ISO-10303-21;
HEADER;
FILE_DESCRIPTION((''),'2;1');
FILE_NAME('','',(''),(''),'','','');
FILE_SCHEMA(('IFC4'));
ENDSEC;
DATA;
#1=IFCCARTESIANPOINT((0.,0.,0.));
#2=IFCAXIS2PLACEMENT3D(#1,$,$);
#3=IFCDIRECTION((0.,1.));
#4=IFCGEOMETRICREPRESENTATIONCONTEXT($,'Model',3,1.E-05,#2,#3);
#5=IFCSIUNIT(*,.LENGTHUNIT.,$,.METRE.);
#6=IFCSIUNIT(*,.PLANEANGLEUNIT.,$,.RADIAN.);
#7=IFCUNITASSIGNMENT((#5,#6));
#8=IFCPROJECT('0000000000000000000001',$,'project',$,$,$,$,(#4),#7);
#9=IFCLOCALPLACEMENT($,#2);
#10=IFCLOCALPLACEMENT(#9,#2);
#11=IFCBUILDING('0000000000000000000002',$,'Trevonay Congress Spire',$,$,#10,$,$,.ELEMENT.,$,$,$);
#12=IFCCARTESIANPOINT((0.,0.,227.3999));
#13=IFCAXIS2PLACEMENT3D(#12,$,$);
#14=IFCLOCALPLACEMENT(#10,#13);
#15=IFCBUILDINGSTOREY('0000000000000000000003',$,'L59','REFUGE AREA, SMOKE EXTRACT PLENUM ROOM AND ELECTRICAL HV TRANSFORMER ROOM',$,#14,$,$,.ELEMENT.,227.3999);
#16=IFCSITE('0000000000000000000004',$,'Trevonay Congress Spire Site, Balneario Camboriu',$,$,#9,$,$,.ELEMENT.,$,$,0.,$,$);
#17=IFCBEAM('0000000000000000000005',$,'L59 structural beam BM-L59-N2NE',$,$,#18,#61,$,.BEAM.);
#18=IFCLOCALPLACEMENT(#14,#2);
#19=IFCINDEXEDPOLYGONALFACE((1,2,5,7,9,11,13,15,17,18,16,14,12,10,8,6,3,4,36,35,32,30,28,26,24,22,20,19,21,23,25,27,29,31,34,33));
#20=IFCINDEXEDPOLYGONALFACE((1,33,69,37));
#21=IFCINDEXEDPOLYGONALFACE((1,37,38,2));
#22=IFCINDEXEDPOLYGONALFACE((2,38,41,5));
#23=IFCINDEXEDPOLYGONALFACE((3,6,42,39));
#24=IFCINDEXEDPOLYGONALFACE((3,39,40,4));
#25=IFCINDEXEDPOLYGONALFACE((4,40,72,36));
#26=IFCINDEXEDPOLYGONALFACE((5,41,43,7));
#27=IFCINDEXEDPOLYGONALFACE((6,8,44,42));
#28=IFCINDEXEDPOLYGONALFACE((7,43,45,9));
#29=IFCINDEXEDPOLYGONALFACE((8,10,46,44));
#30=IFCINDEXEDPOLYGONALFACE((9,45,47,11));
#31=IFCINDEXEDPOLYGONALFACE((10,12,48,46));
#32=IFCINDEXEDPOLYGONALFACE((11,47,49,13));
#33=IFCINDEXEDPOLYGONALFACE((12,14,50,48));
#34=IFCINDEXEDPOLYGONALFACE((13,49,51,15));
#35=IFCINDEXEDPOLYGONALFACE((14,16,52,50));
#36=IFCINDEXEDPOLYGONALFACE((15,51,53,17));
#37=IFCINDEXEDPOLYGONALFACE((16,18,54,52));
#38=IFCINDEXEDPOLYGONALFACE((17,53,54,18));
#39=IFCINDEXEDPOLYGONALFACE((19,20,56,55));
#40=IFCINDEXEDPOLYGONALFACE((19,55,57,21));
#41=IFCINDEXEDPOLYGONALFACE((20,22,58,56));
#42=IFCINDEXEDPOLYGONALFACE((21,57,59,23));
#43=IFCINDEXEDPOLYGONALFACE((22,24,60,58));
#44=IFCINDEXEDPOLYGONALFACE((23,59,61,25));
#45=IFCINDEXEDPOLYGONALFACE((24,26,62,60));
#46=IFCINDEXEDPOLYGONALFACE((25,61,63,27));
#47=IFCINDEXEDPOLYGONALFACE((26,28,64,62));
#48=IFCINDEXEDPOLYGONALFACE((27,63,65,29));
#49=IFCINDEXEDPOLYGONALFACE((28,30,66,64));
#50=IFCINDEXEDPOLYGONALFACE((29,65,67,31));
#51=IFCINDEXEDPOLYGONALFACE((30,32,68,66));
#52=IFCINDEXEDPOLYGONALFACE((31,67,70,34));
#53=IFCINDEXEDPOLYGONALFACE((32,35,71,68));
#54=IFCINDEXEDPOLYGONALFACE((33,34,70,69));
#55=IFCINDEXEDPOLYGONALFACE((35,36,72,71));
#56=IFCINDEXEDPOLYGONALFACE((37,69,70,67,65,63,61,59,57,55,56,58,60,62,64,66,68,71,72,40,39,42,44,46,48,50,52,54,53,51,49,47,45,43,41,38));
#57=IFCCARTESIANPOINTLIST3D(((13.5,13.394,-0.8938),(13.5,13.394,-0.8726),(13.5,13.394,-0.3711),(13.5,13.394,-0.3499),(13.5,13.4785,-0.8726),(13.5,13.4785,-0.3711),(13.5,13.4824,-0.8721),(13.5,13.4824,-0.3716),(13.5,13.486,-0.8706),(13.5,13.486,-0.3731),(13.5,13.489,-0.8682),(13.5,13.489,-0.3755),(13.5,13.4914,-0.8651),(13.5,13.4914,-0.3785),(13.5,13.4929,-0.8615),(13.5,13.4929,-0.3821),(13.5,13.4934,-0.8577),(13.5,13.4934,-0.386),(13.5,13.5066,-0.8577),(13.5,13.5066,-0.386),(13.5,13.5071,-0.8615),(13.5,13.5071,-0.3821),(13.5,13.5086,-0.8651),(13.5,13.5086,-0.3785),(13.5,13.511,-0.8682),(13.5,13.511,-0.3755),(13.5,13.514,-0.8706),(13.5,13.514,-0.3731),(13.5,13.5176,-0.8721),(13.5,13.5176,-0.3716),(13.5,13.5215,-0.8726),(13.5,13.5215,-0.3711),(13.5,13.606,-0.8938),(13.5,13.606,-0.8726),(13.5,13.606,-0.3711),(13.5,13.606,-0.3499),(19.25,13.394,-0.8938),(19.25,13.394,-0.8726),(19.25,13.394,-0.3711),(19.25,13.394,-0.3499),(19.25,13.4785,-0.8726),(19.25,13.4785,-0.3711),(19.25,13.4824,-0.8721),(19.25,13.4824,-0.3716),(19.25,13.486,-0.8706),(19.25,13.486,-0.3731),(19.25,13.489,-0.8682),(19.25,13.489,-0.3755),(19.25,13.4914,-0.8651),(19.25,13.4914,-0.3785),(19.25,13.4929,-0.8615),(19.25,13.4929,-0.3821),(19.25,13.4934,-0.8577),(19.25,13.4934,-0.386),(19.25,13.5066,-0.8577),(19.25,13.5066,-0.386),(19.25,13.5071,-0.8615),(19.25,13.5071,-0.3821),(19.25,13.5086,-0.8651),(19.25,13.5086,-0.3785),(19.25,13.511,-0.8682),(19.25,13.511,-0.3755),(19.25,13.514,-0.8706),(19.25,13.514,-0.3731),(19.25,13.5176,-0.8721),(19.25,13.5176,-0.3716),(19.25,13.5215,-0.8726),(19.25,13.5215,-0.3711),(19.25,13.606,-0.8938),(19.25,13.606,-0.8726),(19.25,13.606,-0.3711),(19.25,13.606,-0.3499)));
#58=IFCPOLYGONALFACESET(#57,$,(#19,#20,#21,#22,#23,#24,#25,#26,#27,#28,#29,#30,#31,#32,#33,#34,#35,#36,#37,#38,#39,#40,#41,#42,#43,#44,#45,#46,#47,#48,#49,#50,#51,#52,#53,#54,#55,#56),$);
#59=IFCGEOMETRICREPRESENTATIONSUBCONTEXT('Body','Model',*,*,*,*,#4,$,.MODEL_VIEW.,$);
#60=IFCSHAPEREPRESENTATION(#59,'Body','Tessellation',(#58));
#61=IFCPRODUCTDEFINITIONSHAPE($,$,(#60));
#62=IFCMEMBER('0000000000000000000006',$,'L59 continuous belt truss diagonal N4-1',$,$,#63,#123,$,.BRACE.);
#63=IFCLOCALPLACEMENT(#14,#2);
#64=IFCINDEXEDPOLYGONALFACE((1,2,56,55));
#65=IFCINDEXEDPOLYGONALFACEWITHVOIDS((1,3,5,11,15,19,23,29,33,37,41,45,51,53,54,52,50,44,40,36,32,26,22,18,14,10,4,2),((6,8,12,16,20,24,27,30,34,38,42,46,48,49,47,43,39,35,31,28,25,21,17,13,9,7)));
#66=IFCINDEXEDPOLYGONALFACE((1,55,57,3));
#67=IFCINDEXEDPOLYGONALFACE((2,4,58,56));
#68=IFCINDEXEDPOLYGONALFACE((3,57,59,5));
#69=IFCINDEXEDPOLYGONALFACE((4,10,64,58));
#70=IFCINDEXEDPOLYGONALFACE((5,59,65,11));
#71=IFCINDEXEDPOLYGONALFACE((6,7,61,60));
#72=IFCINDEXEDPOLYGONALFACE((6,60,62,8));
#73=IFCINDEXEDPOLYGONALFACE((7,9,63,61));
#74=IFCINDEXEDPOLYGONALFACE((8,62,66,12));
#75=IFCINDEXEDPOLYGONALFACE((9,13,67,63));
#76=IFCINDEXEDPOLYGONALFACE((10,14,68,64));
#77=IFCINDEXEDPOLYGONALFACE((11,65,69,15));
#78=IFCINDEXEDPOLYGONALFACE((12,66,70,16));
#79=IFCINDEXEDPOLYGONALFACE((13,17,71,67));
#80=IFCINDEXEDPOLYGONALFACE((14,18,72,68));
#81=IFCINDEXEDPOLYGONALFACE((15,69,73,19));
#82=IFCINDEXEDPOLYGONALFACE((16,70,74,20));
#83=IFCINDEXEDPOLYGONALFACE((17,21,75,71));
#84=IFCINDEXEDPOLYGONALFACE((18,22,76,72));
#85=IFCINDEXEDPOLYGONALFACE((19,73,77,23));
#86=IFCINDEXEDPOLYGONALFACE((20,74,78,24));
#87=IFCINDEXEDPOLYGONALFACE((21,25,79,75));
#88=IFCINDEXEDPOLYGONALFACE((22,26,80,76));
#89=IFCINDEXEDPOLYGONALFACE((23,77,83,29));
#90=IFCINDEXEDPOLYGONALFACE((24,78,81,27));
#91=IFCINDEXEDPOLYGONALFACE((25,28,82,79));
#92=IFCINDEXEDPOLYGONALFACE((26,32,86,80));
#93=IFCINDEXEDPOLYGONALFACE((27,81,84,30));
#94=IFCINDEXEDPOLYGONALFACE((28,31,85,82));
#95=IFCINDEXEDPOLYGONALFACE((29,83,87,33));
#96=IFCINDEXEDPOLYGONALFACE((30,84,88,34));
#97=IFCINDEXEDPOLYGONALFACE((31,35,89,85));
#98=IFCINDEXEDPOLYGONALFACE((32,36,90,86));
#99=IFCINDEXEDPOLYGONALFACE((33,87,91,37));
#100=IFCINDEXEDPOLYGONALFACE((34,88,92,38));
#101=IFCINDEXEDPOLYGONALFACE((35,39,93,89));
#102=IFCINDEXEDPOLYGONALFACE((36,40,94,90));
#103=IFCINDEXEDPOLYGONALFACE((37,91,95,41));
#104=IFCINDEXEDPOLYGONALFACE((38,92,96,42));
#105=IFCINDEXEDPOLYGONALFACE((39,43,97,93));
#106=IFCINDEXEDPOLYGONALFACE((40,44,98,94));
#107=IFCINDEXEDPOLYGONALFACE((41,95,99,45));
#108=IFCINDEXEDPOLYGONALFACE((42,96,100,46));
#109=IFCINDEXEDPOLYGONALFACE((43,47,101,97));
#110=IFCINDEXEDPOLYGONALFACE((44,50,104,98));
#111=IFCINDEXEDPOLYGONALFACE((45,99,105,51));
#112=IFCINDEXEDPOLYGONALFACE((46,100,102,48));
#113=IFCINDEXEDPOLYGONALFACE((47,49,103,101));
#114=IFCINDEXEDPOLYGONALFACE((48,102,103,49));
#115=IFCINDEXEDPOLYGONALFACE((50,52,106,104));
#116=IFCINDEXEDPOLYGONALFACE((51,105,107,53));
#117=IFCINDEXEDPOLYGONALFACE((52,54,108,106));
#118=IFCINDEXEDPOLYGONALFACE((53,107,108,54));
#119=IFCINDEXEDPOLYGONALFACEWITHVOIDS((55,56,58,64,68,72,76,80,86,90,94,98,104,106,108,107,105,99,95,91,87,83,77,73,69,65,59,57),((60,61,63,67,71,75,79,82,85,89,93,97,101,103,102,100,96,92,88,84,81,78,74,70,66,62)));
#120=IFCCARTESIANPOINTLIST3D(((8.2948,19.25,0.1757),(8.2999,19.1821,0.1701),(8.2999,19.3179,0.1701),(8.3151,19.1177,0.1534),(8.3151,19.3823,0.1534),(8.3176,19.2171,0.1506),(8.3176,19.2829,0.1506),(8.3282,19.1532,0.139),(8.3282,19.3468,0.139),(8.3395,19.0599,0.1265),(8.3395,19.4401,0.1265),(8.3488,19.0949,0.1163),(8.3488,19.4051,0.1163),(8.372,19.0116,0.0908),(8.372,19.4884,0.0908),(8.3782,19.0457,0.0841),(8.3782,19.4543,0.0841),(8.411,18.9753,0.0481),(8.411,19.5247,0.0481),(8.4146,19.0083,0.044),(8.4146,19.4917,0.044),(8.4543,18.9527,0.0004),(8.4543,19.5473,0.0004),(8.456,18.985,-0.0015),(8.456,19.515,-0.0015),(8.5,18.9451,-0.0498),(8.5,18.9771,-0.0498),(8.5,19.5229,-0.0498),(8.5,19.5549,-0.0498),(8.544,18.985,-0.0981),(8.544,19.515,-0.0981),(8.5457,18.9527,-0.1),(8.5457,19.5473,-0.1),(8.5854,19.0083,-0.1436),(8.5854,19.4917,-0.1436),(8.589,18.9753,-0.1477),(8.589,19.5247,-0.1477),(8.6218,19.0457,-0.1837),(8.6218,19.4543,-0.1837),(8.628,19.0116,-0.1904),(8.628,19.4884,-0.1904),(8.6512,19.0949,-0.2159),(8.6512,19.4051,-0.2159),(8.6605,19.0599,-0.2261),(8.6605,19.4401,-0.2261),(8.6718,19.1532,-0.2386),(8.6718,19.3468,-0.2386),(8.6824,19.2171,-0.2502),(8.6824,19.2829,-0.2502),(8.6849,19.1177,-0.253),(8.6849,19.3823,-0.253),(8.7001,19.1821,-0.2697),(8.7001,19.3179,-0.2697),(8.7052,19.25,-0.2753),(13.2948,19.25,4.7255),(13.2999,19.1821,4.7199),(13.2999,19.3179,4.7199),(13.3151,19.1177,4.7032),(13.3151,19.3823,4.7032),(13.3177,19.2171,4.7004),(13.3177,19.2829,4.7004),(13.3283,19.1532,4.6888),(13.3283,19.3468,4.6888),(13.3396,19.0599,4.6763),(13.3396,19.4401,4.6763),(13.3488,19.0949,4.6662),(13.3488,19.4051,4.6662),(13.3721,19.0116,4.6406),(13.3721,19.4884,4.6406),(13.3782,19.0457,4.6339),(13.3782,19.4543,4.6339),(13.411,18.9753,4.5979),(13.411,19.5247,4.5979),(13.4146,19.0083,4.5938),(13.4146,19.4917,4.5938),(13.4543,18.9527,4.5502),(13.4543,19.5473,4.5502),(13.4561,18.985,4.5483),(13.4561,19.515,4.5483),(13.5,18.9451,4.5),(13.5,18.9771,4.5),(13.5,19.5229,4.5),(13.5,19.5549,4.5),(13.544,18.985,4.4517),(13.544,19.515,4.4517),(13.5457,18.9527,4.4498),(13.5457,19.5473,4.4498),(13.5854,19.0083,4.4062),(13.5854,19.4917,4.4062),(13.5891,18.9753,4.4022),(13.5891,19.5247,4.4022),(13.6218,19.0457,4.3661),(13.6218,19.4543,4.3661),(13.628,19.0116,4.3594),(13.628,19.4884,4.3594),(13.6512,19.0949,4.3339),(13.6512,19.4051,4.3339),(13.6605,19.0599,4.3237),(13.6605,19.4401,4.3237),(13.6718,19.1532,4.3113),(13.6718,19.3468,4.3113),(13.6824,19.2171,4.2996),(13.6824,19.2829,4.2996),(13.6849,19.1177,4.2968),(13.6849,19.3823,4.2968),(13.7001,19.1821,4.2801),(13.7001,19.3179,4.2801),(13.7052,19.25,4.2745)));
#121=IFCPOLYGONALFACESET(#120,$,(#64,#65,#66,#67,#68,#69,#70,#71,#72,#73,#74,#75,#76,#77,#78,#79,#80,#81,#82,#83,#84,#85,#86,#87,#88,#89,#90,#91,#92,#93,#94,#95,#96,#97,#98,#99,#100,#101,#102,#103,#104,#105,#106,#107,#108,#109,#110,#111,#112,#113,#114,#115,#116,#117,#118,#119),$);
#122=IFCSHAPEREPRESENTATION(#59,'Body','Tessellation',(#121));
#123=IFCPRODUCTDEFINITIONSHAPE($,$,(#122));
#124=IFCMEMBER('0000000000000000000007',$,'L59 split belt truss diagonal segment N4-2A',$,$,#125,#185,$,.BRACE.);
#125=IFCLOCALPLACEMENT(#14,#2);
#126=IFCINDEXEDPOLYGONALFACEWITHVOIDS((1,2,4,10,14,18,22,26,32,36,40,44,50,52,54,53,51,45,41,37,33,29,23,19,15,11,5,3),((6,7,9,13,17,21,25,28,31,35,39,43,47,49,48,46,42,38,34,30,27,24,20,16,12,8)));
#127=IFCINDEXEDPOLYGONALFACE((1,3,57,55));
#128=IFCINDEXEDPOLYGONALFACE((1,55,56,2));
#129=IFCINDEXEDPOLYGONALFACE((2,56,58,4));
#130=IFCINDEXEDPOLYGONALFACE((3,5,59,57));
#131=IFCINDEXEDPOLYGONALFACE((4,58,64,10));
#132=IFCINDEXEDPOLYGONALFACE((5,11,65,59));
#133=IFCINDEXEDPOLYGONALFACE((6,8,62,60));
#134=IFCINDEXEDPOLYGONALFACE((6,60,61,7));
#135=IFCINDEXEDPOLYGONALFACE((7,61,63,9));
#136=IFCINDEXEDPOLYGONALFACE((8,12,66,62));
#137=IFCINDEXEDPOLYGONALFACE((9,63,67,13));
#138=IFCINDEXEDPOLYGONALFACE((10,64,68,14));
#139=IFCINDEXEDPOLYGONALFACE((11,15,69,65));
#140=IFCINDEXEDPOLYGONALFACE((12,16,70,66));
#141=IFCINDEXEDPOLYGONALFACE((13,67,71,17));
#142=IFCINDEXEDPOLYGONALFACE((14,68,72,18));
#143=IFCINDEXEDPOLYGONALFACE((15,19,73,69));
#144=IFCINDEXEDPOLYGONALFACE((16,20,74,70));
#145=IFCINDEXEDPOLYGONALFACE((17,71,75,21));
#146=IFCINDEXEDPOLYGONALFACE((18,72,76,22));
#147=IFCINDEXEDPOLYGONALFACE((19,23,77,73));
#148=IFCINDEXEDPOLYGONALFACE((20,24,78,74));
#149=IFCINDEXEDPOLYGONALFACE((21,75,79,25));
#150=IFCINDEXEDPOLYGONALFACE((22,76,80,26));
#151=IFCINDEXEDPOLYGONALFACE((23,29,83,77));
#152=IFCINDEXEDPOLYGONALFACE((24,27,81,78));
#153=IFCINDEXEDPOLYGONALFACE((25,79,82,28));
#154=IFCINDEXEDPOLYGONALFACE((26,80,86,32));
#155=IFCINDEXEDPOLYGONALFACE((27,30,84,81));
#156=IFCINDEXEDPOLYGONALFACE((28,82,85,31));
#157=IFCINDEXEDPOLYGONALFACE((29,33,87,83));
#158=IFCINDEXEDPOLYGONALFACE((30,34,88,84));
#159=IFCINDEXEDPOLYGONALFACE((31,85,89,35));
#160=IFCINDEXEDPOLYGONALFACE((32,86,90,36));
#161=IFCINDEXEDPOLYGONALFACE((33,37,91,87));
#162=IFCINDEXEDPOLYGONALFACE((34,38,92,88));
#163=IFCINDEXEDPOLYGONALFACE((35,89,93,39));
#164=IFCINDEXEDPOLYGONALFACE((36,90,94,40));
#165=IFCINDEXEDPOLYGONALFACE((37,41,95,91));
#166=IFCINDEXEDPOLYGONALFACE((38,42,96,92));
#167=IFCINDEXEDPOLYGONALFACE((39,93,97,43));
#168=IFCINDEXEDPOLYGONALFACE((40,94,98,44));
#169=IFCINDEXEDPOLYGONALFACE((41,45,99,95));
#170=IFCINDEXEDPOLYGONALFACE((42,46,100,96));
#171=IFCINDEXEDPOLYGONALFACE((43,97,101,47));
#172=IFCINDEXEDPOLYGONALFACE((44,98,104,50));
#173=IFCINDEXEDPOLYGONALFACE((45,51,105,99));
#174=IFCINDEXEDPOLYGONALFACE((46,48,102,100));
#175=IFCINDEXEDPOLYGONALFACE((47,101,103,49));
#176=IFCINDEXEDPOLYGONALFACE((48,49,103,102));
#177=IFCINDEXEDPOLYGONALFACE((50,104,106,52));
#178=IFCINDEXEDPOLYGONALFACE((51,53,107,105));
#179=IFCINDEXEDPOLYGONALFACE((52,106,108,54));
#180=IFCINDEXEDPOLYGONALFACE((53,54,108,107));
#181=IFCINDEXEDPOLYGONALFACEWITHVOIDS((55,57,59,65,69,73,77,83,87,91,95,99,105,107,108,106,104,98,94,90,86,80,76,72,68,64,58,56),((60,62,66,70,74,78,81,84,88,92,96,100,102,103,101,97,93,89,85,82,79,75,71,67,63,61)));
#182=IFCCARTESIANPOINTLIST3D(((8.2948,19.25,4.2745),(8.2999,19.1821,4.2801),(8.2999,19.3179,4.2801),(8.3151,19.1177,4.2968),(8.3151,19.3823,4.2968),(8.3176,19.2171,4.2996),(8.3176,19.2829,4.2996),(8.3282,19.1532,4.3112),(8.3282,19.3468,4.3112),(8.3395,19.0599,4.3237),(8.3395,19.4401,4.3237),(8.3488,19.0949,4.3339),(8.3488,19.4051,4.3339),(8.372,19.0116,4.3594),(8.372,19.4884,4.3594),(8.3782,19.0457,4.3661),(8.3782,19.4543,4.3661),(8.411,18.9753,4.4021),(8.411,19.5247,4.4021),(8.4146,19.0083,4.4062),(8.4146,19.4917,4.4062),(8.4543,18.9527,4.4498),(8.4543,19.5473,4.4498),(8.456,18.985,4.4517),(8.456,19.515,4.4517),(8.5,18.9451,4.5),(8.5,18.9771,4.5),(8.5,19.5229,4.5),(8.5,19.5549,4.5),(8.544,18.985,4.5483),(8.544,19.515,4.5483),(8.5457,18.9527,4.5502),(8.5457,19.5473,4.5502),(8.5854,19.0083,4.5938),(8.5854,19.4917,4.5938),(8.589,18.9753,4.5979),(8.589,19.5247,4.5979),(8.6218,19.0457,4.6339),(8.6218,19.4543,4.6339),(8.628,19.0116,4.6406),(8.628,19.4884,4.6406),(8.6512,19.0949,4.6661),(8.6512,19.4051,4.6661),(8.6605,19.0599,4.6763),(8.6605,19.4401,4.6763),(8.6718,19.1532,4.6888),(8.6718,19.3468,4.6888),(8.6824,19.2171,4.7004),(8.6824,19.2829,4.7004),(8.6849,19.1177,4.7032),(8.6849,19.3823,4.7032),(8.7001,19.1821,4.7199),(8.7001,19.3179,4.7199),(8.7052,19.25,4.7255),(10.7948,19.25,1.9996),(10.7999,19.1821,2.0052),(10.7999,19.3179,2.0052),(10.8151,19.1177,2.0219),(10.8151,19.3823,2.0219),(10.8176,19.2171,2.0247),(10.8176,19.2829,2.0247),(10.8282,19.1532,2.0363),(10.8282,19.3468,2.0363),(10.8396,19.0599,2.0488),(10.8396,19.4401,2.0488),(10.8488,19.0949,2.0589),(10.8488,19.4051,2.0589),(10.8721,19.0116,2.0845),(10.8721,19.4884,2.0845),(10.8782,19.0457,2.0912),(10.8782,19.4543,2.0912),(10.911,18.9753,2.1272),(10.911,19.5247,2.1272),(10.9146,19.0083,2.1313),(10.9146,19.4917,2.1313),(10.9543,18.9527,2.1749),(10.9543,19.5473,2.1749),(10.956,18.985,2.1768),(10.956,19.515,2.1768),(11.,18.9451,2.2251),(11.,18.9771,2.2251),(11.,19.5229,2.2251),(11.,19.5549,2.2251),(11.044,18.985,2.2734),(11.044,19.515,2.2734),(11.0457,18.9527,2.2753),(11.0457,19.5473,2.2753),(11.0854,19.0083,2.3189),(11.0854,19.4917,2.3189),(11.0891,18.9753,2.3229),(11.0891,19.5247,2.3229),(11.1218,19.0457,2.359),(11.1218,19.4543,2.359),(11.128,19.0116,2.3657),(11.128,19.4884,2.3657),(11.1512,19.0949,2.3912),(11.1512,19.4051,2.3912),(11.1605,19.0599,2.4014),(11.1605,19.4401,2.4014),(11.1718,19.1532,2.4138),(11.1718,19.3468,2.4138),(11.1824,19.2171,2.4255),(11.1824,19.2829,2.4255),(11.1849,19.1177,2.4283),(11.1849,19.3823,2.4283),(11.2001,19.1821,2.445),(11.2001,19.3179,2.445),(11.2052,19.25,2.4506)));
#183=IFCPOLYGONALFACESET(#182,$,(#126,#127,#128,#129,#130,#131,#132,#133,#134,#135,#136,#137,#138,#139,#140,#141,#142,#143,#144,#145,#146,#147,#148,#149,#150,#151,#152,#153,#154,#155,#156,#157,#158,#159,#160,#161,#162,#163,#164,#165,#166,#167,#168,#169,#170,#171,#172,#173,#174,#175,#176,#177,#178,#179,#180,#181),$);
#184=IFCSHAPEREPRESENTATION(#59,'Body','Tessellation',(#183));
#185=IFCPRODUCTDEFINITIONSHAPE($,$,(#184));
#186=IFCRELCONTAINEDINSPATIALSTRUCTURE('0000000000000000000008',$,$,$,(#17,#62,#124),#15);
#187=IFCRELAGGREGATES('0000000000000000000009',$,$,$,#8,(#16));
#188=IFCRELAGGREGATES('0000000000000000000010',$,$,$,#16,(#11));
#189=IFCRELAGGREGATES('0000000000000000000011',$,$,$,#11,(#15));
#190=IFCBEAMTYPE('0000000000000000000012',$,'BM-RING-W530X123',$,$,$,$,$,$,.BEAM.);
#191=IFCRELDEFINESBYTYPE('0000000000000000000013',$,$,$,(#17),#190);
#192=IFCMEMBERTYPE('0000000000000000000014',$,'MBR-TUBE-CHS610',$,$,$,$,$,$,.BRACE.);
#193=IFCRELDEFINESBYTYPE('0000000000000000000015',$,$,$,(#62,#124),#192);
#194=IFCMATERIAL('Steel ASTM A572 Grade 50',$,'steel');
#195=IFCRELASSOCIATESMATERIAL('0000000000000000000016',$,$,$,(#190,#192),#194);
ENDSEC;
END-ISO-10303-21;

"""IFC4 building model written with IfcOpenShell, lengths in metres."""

from ifc_helpers import new_model, si_unit, direction, frame, origin, origin_2d, place, context, subcontext, project, spatial, hollow_circle, i_section, extrude, material, material_profile, profile_set, type_object, element, save


model = new_model("IFC4")

# Units and contexts
model_context = context("Model", 3, precision=1e-05, world=origin(), true_north=direction((0.0, 1.0)))
body_context = subcontext(model_context, "Body", "Model", "MODEL_VIEW")
ifc_project = project(units=[si_unit("LENGTHUNIT", "METRE"), si_unit("PLANEANGLEUNIT", "RADIAN")], contexts=[model_context])

# Site, building, storey
site_placement = place(None, origin())
site = spatial("IfcSite", under=ifc_project, at=site_placement, Name="Trevonay Congress Spire Site, Balneario Camboriu", CompositionType="ELEMENT", RefElevation=0.0)
building_placement = place(site_placement, origin())
building = spatial("IfcBuilding", under=site, at=building_placement, Name="Trevonay Congress Spire", CompositionType="ELEMENT")
storey_placement = place(building_placement, frame((0.0, 0.0, 227.3999)))
storey = spatial("IfcBuildingStorey", under=building, at=storey_placement, Name="L59", Description="REFUGE AREA, SMOKE EXTRACT PLENUM ROOM AND ELECTRICAL HV TRANSFORMER ROOM", CompositionType="ELEMENT", Elevation=227.3999)

# Shared definitions
ifc_material_1 = material(Name="Steel ASTM A572 Grade 50", Category="steel")

# Beam
ifc_material_profile_1 = material_profile(ifc_material_1, i_section(OverallWidth=0.2119, OverallDepth=0.5439, WebThickness=0.0132, FlangeThickness=0.0212, FilletRadius=0.0149, at=origin_2d()), Name="W530x123")
ifc_profile_set_1 = profile_set([ifc_material_profile_1], Name="Steel ASTM A572 Grade 50")
beam_type = type_object("IfcBeamType", Name="BM-RING-W530X123", PredefinedType="BEAM", material=ifc_profile_set_1)
for number, where, z_axis, x_axis, name in (
    (1, (19.25, 13.5, -0.6218), (-1.0, 0.0, 0.0), (0.0, -1.0, 0.0), "L59 structural beam BM-L59-N2NE"),
):
    element("IfcBeam", number, at=place(storey_placement, frame(where, z_axis=z_axis, x_axis=x_axis)), inside=storey, type_object=beam_type, Name=name, PredefinedType="BEAM", context=body_context, shape_type="SweptSolid", body=[
        extrude(i_section(OverallWidth=0.2119, OverallDepth=0.5439, WebThickness=0.0132, FlangeThickness=0.0212, FilletRadius=0.0149, at=origin_2d()), origin(), (0.0, 0.0, 1.0), 5.75),
    ])

# Members
ifc_material_profile_2 = material_profile(ifc_material_1, hollow_circle(Radius=0.3049, WallThickness=0.032, at=origin_2d()), Name="CHS 610x32")
ifc_profile_set_2 = profile_set([ifc_material_profile_2], Name="Steel ASTM A572 Grade 50")
member_type = type_object("IfcMemberType", Name="MBR-TUBE-CHS610", PredefinedType="BRACE", material=ifc_profile_set_2)
member_placement = place(storey_placement, frame((8.5, 19.25, -0.0498), z_axis=(0.73962, 0.0, 0.673025), x_axis=(0.0, 1.0, 0.0)))
element("IfcMember", 2, at=member_placement, inside=storey, type_object=member_type, Name="L59 continuous belt truss diagonal N4-1", PredefinedType="BRACE", context=body_context, shape_type="SweptSolid", body=[
    extrude(hollow_circle(Radius=0.3049, WallThickness=0.032, at=origin_2d()), origin(), (0.0, 0.0, 1.0), 6.7603),
])
for number, where, z_axis, x_axis, name in (
    (3, (8.5, 19.25, 4.5), (0.73962, 0.0, -0.673025), (0.0, 1.0, 0.0), "L59 split belt truss diagonal segment N4-2A"),
):
    element("IfcMember", number, at=place(storey_placement, frame(where, z_axis=z_axis, x_axis=x_axis)), inside=storey, type_object=member_type, Name=name, PredefinedType="BRACE", context=body_context, shape_type="SweptSolid", body=[
        extrude(hollow_circle(Radius=0.3049, WallThickness=0.032, at=origin_2d()), origin(), (0.0, 0.0, 1.0), 3.3801),
    ])

save(model, "model.ifc")
